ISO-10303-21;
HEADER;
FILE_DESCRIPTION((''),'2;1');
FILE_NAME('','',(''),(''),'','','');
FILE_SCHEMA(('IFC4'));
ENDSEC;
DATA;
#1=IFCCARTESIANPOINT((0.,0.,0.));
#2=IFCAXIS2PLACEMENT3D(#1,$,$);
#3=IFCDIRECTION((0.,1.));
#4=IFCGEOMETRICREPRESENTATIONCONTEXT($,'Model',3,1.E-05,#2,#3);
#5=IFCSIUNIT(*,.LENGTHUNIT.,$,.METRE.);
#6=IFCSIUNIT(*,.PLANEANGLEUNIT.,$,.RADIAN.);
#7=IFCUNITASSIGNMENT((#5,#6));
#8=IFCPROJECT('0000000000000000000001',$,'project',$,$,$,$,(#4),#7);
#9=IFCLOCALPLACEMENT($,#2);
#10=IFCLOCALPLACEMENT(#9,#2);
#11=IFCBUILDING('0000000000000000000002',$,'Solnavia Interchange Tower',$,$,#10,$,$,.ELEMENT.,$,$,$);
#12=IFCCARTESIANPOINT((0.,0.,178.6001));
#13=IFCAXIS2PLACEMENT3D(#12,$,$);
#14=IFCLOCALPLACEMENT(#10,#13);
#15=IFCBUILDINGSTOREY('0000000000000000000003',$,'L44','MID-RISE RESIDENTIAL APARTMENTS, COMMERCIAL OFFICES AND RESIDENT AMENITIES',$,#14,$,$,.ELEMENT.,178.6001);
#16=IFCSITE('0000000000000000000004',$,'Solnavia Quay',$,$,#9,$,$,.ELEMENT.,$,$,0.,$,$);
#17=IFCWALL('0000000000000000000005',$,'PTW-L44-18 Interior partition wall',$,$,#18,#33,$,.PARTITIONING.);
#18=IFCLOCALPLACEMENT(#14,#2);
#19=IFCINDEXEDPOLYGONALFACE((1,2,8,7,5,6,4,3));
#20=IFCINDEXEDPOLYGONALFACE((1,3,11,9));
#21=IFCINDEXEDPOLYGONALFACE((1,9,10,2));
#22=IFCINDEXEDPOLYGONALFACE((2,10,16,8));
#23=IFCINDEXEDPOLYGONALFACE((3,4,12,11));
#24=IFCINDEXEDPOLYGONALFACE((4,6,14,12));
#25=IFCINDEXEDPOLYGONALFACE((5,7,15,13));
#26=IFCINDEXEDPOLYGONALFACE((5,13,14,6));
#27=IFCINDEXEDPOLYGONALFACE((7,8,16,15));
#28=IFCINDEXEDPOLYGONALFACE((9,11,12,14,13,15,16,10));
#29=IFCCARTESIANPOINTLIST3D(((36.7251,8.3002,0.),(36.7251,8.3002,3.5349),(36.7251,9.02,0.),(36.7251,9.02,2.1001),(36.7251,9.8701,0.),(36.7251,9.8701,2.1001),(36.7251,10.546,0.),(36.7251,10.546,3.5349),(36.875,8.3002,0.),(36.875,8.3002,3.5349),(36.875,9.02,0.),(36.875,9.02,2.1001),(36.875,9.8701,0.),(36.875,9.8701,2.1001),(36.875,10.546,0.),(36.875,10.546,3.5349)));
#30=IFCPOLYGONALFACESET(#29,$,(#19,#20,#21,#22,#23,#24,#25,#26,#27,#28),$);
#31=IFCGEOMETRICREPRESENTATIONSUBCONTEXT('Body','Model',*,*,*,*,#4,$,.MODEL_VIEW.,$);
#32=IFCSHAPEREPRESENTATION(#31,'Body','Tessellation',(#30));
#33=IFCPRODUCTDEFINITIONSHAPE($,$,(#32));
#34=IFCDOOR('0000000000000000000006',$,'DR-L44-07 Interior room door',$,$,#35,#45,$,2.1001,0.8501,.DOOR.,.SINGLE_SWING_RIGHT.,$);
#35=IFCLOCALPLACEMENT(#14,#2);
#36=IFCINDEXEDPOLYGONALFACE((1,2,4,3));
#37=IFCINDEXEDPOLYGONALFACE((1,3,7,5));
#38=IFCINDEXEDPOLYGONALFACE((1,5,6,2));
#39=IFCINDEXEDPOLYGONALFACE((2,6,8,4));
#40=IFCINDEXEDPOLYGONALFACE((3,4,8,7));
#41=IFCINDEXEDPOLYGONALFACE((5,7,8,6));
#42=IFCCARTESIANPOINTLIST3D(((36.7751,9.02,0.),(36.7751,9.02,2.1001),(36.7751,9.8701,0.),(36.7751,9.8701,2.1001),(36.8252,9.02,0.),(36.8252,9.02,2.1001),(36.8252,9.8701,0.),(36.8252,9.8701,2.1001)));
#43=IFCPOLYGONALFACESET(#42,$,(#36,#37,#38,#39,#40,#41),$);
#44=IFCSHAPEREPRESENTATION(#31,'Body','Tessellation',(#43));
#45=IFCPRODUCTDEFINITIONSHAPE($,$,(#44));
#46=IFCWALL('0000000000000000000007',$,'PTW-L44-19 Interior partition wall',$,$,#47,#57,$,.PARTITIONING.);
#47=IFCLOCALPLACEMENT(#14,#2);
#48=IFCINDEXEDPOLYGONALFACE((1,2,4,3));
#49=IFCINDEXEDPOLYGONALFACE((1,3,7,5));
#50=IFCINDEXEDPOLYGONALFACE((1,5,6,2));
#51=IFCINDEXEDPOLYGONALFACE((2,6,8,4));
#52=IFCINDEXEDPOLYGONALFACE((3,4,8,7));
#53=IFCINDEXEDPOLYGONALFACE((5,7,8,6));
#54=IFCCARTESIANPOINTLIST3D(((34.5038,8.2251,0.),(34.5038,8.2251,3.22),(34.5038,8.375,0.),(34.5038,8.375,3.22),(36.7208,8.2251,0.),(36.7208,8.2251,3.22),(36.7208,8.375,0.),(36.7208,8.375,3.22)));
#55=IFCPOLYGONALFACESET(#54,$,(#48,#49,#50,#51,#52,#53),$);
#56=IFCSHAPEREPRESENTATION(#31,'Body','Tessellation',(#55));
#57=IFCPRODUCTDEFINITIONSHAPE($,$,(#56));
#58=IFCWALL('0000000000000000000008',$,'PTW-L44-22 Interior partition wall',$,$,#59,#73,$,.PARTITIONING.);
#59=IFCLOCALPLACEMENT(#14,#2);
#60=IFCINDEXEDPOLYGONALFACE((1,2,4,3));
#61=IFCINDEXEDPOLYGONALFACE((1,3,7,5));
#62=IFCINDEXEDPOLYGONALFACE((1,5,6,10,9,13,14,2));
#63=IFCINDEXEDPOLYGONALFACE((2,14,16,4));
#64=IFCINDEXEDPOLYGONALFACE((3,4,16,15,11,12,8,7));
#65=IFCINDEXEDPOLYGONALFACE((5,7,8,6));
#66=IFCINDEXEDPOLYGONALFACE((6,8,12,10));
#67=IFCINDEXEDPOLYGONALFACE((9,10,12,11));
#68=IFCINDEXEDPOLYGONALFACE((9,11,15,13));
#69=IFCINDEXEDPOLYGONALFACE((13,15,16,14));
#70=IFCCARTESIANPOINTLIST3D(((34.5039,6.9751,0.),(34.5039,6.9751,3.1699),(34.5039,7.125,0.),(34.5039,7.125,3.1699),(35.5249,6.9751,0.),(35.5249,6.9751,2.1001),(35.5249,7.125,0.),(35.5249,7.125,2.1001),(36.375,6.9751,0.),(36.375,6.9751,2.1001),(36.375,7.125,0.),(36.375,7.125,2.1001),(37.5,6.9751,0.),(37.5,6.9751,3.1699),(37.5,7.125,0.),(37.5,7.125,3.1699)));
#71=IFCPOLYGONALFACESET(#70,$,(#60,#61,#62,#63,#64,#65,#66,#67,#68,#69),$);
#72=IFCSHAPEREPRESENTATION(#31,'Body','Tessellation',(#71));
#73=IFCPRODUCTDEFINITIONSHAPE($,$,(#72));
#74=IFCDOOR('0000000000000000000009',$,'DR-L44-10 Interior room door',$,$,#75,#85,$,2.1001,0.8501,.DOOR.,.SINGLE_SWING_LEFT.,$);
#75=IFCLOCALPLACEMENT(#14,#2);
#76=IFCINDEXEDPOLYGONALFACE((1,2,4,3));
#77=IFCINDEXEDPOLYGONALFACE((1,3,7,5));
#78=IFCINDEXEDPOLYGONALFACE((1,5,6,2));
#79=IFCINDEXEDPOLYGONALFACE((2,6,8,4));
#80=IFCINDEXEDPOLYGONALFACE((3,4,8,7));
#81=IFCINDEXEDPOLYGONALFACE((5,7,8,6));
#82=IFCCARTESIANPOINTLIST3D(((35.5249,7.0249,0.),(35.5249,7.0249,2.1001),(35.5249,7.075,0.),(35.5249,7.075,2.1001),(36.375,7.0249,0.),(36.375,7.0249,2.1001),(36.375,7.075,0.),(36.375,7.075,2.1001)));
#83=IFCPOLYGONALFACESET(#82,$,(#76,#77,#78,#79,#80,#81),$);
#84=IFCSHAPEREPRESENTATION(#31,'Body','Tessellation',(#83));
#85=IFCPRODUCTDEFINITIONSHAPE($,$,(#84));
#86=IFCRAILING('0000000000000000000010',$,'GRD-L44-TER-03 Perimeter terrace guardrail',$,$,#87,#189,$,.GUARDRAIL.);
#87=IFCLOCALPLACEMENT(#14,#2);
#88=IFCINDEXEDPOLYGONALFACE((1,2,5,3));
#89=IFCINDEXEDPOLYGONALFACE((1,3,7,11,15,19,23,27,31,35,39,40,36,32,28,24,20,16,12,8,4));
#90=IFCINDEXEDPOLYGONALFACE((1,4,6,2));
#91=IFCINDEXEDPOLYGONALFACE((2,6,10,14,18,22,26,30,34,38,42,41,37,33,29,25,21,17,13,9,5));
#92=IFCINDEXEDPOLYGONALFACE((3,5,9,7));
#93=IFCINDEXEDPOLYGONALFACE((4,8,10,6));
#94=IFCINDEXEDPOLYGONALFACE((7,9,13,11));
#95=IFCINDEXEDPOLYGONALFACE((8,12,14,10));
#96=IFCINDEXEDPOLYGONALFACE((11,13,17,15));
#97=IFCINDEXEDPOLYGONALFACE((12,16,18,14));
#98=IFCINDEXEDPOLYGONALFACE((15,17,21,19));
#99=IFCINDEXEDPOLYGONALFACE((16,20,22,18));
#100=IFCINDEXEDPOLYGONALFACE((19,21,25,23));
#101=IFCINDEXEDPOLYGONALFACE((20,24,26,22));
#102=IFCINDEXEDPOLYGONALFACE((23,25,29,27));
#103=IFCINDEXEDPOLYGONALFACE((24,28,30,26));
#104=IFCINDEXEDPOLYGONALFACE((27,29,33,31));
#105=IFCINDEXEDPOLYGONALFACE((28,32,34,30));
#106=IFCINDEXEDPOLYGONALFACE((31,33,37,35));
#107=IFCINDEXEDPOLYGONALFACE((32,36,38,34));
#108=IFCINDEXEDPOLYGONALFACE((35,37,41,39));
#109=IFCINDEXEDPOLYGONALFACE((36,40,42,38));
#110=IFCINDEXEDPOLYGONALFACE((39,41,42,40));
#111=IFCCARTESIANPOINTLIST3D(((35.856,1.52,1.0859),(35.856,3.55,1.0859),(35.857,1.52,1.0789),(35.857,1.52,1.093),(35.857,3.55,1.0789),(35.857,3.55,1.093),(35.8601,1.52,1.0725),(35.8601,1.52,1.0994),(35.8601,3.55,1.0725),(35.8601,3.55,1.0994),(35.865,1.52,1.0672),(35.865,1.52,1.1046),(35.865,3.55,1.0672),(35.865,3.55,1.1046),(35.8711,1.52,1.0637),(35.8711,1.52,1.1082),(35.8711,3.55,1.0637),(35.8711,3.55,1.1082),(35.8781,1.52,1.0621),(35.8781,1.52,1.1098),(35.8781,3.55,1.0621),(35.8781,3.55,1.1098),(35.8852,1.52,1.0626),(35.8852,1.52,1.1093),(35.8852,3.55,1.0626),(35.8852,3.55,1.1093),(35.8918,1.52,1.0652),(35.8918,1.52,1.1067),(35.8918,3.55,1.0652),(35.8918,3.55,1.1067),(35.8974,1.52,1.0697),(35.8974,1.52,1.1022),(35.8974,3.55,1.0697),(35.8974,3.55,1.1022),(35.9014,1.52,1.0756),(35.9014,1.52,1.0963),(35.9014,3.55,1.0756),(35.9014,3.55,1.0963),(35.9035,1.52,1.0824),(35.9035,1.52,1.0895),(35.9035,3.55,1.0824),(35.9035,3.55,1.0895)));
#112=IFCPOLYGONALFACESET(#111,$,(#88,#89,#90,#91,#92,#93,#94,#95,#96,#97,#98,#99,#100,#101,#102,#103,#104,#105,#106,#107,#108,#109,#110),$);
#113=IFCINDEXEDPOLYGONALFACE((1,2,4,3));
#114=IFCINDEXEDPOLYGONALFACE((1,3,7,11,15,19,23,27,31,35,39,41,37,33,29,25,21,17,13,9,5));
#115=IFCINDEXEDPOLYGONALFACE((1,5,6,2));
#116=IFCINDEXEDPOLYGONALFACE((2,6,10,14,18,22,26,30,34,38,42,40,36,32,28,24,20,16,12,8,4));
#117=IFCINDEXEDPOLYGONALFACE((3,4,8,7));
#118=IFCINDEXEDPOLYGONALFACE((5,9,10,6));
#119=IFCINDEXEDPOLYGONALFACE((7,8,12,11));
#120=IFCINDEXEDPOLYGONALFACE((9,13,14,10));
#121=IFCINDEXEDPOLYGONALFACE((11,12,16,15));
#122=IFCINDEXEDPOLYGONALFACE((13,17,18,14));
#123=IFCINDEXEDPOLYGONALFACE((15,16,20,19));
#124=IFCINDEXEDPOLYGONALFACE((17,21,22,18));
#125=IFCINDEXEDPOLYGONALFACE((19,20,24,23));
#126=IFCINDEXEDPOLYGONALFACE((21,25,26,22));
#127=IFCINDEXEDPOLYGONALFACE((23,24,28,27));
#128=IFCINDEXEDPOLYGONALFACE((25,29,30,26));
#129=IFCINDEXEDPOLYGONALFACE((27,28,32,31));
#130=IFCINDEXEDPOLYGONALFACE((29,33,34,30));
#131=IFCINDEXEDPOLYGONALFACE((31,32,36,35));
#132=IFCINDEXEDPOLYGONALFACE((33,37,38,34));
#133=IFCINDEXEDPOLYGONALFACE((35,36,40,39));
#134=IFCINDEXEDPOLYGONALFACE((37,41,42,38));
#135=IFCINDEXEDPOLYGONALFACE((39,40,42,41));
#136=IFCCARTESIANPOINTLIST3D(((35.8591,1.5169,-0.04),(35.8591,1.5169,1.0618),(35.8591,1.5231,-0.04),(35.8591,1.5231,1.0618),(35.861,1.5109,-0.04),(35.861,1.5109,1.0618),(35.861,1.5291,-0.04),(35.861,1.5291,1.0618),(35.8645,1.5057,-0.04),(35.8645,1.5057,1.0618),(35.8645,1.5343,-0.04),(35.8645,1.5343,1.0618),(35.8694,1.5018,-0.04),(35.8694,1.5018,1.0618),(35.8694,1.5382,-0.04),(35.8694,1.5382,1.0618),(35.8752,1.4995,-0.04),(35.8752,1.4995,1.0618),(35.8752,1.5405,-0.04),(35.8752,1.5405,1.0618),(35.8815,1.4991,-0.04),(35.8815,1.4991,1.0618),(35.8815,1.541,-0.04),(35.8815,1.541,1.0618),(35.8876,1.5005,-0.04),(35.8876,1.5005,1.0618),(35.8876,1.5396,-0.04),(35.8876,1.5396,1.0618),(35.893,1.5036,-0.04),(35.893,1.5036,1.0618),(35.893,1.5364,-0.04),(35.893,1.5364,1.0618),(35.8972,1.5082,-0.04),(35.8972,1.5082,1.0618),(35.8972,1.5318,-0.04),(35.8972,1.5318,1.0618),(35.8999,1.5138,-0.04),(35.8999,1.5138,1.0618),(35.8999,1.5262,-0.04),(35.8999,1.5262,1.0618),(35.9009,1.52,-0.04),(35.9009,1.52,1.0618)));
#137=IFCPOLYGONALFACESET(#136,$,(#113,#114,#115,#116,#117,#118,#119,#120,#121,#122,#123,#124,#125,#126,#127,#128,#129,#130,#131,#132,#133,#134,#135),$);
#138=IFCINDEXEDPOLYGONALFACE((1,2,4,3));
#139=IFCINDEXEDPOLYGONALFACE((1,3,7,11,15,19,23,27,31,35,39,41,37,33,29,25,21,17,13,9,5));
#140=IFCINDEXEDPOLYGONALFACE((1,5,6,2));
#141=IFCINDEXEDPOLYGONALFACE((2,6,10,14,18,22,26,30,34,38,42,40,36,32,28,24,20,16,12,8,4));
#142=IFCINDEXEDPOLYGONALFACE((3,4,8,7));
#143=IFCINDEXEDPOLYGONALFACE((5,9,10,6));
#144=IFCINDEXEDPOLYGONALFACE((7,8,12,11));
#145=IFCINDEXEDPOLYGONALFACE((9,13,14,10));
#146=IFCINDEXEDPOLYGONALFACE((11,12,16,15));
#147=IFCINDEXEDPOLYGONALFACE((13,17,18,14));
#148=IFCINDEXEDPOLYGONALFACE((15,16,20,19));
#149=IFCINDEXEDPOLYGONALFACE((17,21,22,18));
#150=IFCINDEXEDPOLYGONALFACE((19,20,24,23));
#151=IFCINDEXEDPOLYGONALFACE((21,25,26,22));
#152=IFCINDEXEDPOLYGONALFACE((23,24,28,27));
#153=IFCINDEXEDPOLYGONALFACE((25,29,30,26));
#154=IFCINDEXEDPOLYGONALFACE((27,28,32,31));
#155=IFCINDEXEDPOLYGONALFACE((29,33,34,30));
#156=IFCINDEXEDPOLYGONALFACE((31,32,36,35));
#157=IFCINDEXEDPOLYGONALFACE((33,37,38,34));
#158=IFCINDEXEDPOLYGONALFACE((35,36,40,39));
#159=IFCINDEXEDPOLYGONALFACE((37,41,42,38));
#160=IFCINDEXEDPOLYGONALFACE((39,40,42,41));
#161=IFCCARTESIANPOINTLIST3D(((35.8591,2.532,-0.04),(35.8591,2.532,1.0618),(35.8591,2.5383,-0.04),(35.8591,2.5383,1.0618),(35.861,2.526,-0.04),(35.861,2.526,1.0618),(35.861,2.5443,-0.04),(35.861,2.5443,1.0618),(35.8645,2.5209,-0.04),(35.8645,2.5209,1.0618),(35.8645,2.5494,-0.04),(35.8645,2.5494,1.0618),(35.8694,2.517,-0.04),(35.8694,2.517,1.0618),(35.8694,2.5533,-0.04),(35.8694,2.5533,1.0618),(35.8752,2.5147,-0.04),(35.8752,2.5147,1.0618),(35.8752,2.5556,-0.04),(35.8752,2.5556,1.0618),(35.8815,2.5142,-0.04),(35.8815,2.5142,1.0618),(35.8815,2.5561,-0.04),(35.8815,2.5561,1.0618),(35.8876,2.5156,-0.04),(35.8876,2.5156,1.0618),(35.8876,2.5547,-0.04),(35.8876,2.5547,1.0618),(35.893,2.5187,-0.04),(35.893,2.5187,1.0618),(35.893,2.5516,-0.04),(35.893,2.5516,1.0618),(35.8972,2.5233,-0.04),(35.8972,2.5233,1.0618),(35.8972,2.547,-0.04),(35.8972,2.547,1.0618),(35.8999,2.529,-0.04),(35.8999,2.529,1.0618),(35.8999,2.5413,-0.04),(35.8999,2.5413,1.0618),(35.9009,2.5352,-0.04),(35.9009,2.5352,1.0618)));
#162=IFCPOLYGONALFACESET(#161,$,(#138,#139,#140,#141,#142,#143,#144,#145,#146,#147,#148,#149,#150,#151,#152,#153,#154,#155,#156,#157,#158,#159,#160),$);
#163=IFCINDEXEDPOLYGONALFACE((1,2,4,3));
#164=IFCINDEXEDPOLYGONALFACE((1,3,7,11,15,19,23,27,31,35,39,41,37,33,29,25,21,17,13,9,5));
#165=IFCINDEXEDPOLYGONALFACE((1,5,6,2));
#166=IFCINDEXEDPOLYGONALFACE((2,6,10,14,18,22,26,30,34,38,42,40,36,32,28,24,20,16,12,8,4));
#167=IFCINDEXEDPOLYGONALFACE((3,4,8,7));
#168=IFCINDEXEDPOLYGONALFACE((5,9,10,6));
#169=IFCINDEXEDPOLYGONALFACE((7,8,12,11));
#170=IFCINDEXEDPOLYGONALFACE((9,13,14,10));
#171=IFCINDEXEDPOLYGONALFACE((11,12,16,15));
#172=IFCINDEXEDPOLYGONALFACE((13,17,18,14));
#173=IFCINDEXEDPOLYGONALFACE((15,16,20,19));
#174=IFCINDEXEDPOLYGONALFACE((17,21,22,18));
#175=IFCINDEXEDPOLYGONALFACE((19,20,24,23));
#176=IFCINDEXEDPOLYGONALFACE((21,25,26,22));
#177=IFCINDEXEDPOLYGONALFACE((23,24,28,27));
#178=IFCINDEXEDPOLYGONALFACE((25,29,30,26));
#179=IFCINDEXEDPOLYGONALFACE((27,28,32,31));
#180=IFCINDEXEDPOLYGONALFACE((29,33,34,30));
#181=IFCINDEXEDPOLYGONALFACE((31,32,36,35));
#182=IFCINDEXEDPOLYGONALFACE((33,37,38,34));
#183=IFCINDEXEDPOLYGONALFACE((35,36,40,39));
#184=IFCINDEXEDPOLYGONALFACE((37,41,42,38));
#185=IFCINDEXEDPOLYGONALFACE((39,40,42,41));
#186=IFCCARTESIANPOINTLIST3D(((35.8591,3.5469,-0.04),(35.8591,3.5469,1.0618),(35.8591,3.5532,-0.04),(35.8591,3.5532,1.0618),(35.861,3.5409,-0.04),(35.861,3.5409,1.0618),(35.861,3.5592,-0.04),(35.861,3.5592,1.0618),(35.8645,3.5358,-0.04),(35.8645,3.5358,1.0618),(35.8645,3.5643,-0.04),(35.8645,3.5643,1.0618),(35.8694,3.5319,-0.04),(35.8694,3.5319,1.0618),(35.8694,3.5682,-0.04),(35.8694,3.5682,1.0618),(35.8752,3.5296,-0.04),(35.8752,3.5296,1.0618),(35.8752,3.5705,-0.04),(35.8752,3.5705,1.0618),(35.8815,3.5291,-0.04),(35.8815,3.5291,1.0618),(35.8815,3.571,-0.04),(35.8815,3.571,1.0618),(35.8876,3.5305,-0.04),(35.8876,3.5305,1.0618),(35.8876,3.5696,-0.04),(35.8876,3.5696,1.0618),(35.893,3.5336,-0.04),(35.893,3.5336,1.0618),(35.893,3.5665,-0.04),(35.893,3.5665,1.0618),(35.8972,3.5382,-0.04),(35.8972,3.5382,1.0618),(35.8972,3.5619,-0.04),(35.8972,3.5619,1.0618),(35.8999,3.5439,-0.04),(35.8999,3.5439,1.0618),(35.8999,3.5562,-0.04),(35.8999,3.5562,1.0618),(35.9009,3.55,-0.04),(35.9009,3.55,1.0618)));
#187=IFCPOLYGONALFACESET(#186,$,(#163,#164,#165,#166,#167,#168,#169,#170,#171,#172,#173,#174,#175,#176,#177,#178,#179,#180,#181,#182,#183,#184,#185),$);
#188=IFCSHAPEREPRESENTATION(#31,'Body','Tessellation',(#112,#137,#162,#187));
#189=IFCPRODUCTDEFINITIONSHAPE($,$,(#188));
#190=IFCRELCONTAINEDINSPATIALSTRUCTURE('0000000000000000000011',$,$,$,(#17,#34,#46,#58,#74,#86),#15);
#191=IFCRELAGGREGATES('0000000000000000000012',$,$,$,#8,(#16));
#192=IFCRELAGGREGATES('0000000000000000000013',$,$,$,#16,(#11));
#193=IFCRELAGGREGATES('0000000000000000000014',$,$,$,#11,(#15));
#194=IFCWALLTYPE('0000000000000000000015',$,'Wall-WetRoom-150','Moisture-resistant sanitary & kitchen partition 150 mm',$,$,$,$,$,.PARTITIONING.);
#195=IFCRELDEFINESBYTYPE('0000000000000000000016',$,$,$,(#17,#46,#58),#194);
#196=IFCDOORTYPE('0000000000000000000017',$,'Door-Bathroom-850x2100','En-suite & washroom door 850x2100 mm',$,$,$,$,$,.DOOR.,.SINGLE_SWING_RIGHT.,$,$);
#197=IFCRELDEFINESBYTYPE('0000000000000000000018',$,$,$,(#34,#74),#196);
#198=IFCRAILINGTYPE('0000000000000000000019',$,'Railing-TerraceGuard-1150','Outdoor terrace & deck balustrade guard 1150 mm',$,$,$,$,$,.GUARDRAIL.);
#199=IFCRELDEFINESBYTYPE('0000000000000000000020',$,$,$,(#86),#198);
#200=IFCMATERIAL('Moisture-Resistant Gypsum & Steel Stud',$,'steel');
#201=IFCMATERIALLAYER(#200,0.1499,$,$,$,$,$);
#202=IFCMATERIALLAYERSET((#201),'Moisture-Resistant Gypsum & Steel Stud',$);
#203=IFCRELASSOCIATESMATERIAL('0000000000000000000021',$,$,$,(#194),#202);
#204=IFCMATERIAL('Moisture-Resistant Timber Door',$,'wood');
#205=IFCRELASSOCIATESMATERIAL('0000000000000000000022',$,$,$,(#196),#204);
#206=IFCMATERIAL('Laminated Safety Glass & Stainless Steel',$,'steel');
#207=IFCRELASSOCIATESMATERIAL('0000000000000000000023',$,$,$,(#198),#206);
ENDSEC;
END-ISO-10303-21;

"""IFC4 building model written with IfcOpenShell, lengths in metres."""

from ifc_helpers import new_model, si_unit, direction, frame, frame_2d, origin, origin_2d, place, context, subcontext, project, spatial, rectangle, circle, extrude, material, layer, layer_set, type_object, element, fill, save


model = new_model("IFC4")

# Units and contexts
model_context = context("Model", 3, precision=1e-05, world=origin(), true_north=direction((0.0, 1.0)))
body_context = subcontext(model_context, "Body", "Model", "MODEL_VIEW")
ifc_project = project(units=[si_unit("LENGTHUNIT", "METRE"), si_unit("PLANEANGLEUNIT", "RADIAN")], contexts=[model_context])

# Site, building, storey
site_placement = place(None, origin())
site = spatial("IfcSite", under=ifc_project, at=site_placement, Name="Solnavia Quay", CompositionType="ELEMENT", RefElevation=0.0)
building_placement = place(site_placement, origin())
building = spatial("IfcBuilding", under=site, at=building_placement, Name="Solnavia Interchange Tower", CompositionType="ELEMENT")
storey_placement = place(building_placement, frame((0.0, 0.0, 178.6001)))
storey = spatial("IfcBuildingStorey", under=building, at=storey_placement, Name="L44", Description="MID-RISE RESIDENTIAL APARTMENTS, COMMERCIAL OFFICES AND RESIDENT AMENITIES", CompositionType="ELEMENT", Elevation=178.6001)

# Shared definitions
ifc_material_1 = material(Name="Moisture-Resistant Gypsum & Steel Stud", Category="steel")
ifc_layer_1 = layer(ifc_material_1, 0.1499)
ifc_layer_set_1 = layer_set([ifc_layer_1], Name="Moisture-Resistant Gypsum & Steel Stud")
wall_type_1 = type_object("IfcWallType", Name="Wall-WetRoom-150", Description="Moisture-resistant sanitary & kitchen partition 150 mm", PredefinedType="PARTITIONING", material=ifc_layer_set_1)

# Shared definitions
ifc_material_2 = material(Name="Moisture-Resistant Timber Door", Category="wood")
door_type_1 = type_object("IfcDoorType", Name="Door-Bathroom-850x2100", Description="En-suite & washroom door 850x2100 mm", OperationType="SINGLE_SWING_RIGHT", PredefinedType="DOOR", material=ifc_material_2)

# Wall, opening, door
wall_1_placement = place(storey_placement, frame((36.8, 8.3, 0.0), z_axis=(0.0, 0.0, 1.0), x_axis=(0.0, 1.0, 0.0)))
wall_1 = element("IfcWall", 1, at=wall_1_placement, inside=storey, type_object=wall_type_1, Name="PTW-L44-18 Interior partition wall", PredefinedType="PARTITIONING", context=body_context, shape_type="SweptSolid", body=[
    extrude(rectangle(XDim=2.2458, YDim=0.1499, at=frame_2d((1.123, 0.0))), origin(), (0.0, 0.0, 1.0), 3.5349),
])
opening_1_placement = place(wall_1_placement, frame((0.72, 0.0, 0.0)))
opening_1 = element("IfcOpeningElement", 2, at=opening_1_placement, cuts=wall_1, PredefinedType="OPENING", context=body_context, shape_type="SweptSolid", body=[
    extrude(rectangle(XDim=0.8501, YDim=2.1001, at=frame_2d((0.425, 1.05))), frame((0.0, 0.085, 0.0), z_axis=(0.0, -1.0, 0.0), x_axis=(1.0, 0.0, 0.0)), (0.0, 0.0, 1.0), 0.1699),
])
door_1_placement = place(opening_1_placement, origin())
door_1 = element("IfcDoor", 3, at=door_1_placement, inside=storey, type_object=door_type_1, Name="DR-L44-07 Interior room door", OperationType="SINGLE_SWING_RIGHT", OverallHeight=2.1001, OverallWidth=0.8501, PredefinedType="DOOR", context=body_context, shape_type="SweptSolid", body=[
    extrude(rectangle(XDim=0.8501, YDim=2.1001, at=frame_2d((0.425, 1.05))), frame((0.0, 0.0249, 0.0), z_axis=(0.0, -1.0, 0.0), x_axis=(1.0, 0.0, 0.0)), (0.0, 0.0, 1.0), 0.05),
])
fill(opening_1, door_1)

# Wall
wall_2_placement = place(storey_placement, frame((34.5039, 8.3, 0.0), z_axis=(0.0, 0.0, 1.0), x_axis=(1.0, 0.0, 0.0)))
element("IfcWall", 4, at=wall_2_placement, inside=storey, type_object=wall_type_1, Name="PTW-L44-19 Interior partition wall", PredefinedType="PARTITIONING", context=body_context, shape_type="SweptSolid", body=[
    extrude(rectangle(XDim=2.217, YDim=0.1499, at=frame_2d((1.1084, 0.0))), origin(), (0.0, 0.0, 1.0), 3.22),
])

# Wall, opening, door
wall_3_placement = place(storey_placement, frame((34.5039, 7.05, 0.0), z_axis=(0.0, 0.0, 1.0), x_axis=(1.0, 0.0, 0.0)))
wall_3 = element("IfcWall", 5, at=wall_3_placement, inside=storey, type_object=wall_type_1, Name="PTW-L44-22 Interior partition wall", PredefinedType="PARTITIONING", context=body_context, shape_type="SweptSolid", body=[
    extrude(rectangle(XDim=2.9961, YDim=0.1499, at=frame_2d((1.498, 0.0))), origin(), (0.0, 0.0, 1.0), 3.1699),
])
opening_2_placement = place(wall_3_placement, frame((1.021, 0.0, 0.0)))
opening_2 = element("IfcOpeningElement", 6, at=opening_2_placement, cuts=wall_3, PredefinedType="OPENING", context=body_context, shape_type="SweptSolid", body=[
    extrude(rectangle(XDim=0.8501, YDim=2.1001, at=frame_2d((0.425, 1.05))), frame((0.0, 0.085, 0.0), z_axis=(0.0, -1.0, 0.0), x_axis=(1.0, 0.0, 0.0)), (0.0, 0.0, 1.0), 0.1699),
])
door_2_placement = place(opening_2_placement, origin())
door_2 = element("IfcDoor", 7, at=door_2_placement, inside=storey, type_object=door_type_1, Name="DR-L44-10 Interior room door", OperationType="SINGLE_SWING_LEFT", OverallHeight=2.1001, OverallWidth=0.8501, PredefinedType="DOOR", context=body_context, shape_type="SweptSolid", body=[
    extrude(rectangle(XDim=0.8501, YDim=2.1001, at=frame_2d((0.425, 1.05))), frame((0.0, 0.0249, 0.0), z_axis=(0.0, -1.0, 0.0), x_axis=(1.0, 0.0, 0.0)), (0.0, 0.0, 1.0), 0.05),
])
fill(opening_2, door_2)

# Railing
ifc_material_3 = material(Name="Laminated Safety Glass & Stainless Steel", Category="steel")
railing_type = type_object("IfcRailingType", Name="Railing-TerraceGuard-1150", Description="Outdoor terrace & deck balustrade guard 1150 mm", PredefinedType="GUARDRAIL", material=ifc_material_3)
railing_placement = place(storey_placement, frame((35.8799, 1.52, -0.04)))
element("IfcRailing", 8, at=railing_placement, inside=storey, type_object=railing_type, Name="GRD-L44-TER-03 Perimeter terrace guardrail", PredefinedType="GUARDRAIL", context=body_context, shape_type="SweptSolid", body=[
    extrude(circle(Radius=0.0239, at=origin_2d()), frame((0.0, 0.0, 1.126), z_axis=(0.0, 1.0, 0.0), x_axis=(-1.0, 0.0, 0.0)), (0.0, 0.0, 1.0), 2.03),
    extrude(circle(Radius=0.021, at=origin_2d()), origin(), (0.0, 0.0, 1.0), 1.1018),
    extrude(circle(Radius=0.021, at=origin_2d()), frame((0.0, 1.0151, 0.0)), (0.0, 0.0, 1.0), 1.1018),
    extrude(circle(Radius=0.021, at=origin_2d()), frame((0.0, 2.03, 0.0)), (0.0, 0.0, 1.0), 1.1018),
])

save(model, "model.ifc")
